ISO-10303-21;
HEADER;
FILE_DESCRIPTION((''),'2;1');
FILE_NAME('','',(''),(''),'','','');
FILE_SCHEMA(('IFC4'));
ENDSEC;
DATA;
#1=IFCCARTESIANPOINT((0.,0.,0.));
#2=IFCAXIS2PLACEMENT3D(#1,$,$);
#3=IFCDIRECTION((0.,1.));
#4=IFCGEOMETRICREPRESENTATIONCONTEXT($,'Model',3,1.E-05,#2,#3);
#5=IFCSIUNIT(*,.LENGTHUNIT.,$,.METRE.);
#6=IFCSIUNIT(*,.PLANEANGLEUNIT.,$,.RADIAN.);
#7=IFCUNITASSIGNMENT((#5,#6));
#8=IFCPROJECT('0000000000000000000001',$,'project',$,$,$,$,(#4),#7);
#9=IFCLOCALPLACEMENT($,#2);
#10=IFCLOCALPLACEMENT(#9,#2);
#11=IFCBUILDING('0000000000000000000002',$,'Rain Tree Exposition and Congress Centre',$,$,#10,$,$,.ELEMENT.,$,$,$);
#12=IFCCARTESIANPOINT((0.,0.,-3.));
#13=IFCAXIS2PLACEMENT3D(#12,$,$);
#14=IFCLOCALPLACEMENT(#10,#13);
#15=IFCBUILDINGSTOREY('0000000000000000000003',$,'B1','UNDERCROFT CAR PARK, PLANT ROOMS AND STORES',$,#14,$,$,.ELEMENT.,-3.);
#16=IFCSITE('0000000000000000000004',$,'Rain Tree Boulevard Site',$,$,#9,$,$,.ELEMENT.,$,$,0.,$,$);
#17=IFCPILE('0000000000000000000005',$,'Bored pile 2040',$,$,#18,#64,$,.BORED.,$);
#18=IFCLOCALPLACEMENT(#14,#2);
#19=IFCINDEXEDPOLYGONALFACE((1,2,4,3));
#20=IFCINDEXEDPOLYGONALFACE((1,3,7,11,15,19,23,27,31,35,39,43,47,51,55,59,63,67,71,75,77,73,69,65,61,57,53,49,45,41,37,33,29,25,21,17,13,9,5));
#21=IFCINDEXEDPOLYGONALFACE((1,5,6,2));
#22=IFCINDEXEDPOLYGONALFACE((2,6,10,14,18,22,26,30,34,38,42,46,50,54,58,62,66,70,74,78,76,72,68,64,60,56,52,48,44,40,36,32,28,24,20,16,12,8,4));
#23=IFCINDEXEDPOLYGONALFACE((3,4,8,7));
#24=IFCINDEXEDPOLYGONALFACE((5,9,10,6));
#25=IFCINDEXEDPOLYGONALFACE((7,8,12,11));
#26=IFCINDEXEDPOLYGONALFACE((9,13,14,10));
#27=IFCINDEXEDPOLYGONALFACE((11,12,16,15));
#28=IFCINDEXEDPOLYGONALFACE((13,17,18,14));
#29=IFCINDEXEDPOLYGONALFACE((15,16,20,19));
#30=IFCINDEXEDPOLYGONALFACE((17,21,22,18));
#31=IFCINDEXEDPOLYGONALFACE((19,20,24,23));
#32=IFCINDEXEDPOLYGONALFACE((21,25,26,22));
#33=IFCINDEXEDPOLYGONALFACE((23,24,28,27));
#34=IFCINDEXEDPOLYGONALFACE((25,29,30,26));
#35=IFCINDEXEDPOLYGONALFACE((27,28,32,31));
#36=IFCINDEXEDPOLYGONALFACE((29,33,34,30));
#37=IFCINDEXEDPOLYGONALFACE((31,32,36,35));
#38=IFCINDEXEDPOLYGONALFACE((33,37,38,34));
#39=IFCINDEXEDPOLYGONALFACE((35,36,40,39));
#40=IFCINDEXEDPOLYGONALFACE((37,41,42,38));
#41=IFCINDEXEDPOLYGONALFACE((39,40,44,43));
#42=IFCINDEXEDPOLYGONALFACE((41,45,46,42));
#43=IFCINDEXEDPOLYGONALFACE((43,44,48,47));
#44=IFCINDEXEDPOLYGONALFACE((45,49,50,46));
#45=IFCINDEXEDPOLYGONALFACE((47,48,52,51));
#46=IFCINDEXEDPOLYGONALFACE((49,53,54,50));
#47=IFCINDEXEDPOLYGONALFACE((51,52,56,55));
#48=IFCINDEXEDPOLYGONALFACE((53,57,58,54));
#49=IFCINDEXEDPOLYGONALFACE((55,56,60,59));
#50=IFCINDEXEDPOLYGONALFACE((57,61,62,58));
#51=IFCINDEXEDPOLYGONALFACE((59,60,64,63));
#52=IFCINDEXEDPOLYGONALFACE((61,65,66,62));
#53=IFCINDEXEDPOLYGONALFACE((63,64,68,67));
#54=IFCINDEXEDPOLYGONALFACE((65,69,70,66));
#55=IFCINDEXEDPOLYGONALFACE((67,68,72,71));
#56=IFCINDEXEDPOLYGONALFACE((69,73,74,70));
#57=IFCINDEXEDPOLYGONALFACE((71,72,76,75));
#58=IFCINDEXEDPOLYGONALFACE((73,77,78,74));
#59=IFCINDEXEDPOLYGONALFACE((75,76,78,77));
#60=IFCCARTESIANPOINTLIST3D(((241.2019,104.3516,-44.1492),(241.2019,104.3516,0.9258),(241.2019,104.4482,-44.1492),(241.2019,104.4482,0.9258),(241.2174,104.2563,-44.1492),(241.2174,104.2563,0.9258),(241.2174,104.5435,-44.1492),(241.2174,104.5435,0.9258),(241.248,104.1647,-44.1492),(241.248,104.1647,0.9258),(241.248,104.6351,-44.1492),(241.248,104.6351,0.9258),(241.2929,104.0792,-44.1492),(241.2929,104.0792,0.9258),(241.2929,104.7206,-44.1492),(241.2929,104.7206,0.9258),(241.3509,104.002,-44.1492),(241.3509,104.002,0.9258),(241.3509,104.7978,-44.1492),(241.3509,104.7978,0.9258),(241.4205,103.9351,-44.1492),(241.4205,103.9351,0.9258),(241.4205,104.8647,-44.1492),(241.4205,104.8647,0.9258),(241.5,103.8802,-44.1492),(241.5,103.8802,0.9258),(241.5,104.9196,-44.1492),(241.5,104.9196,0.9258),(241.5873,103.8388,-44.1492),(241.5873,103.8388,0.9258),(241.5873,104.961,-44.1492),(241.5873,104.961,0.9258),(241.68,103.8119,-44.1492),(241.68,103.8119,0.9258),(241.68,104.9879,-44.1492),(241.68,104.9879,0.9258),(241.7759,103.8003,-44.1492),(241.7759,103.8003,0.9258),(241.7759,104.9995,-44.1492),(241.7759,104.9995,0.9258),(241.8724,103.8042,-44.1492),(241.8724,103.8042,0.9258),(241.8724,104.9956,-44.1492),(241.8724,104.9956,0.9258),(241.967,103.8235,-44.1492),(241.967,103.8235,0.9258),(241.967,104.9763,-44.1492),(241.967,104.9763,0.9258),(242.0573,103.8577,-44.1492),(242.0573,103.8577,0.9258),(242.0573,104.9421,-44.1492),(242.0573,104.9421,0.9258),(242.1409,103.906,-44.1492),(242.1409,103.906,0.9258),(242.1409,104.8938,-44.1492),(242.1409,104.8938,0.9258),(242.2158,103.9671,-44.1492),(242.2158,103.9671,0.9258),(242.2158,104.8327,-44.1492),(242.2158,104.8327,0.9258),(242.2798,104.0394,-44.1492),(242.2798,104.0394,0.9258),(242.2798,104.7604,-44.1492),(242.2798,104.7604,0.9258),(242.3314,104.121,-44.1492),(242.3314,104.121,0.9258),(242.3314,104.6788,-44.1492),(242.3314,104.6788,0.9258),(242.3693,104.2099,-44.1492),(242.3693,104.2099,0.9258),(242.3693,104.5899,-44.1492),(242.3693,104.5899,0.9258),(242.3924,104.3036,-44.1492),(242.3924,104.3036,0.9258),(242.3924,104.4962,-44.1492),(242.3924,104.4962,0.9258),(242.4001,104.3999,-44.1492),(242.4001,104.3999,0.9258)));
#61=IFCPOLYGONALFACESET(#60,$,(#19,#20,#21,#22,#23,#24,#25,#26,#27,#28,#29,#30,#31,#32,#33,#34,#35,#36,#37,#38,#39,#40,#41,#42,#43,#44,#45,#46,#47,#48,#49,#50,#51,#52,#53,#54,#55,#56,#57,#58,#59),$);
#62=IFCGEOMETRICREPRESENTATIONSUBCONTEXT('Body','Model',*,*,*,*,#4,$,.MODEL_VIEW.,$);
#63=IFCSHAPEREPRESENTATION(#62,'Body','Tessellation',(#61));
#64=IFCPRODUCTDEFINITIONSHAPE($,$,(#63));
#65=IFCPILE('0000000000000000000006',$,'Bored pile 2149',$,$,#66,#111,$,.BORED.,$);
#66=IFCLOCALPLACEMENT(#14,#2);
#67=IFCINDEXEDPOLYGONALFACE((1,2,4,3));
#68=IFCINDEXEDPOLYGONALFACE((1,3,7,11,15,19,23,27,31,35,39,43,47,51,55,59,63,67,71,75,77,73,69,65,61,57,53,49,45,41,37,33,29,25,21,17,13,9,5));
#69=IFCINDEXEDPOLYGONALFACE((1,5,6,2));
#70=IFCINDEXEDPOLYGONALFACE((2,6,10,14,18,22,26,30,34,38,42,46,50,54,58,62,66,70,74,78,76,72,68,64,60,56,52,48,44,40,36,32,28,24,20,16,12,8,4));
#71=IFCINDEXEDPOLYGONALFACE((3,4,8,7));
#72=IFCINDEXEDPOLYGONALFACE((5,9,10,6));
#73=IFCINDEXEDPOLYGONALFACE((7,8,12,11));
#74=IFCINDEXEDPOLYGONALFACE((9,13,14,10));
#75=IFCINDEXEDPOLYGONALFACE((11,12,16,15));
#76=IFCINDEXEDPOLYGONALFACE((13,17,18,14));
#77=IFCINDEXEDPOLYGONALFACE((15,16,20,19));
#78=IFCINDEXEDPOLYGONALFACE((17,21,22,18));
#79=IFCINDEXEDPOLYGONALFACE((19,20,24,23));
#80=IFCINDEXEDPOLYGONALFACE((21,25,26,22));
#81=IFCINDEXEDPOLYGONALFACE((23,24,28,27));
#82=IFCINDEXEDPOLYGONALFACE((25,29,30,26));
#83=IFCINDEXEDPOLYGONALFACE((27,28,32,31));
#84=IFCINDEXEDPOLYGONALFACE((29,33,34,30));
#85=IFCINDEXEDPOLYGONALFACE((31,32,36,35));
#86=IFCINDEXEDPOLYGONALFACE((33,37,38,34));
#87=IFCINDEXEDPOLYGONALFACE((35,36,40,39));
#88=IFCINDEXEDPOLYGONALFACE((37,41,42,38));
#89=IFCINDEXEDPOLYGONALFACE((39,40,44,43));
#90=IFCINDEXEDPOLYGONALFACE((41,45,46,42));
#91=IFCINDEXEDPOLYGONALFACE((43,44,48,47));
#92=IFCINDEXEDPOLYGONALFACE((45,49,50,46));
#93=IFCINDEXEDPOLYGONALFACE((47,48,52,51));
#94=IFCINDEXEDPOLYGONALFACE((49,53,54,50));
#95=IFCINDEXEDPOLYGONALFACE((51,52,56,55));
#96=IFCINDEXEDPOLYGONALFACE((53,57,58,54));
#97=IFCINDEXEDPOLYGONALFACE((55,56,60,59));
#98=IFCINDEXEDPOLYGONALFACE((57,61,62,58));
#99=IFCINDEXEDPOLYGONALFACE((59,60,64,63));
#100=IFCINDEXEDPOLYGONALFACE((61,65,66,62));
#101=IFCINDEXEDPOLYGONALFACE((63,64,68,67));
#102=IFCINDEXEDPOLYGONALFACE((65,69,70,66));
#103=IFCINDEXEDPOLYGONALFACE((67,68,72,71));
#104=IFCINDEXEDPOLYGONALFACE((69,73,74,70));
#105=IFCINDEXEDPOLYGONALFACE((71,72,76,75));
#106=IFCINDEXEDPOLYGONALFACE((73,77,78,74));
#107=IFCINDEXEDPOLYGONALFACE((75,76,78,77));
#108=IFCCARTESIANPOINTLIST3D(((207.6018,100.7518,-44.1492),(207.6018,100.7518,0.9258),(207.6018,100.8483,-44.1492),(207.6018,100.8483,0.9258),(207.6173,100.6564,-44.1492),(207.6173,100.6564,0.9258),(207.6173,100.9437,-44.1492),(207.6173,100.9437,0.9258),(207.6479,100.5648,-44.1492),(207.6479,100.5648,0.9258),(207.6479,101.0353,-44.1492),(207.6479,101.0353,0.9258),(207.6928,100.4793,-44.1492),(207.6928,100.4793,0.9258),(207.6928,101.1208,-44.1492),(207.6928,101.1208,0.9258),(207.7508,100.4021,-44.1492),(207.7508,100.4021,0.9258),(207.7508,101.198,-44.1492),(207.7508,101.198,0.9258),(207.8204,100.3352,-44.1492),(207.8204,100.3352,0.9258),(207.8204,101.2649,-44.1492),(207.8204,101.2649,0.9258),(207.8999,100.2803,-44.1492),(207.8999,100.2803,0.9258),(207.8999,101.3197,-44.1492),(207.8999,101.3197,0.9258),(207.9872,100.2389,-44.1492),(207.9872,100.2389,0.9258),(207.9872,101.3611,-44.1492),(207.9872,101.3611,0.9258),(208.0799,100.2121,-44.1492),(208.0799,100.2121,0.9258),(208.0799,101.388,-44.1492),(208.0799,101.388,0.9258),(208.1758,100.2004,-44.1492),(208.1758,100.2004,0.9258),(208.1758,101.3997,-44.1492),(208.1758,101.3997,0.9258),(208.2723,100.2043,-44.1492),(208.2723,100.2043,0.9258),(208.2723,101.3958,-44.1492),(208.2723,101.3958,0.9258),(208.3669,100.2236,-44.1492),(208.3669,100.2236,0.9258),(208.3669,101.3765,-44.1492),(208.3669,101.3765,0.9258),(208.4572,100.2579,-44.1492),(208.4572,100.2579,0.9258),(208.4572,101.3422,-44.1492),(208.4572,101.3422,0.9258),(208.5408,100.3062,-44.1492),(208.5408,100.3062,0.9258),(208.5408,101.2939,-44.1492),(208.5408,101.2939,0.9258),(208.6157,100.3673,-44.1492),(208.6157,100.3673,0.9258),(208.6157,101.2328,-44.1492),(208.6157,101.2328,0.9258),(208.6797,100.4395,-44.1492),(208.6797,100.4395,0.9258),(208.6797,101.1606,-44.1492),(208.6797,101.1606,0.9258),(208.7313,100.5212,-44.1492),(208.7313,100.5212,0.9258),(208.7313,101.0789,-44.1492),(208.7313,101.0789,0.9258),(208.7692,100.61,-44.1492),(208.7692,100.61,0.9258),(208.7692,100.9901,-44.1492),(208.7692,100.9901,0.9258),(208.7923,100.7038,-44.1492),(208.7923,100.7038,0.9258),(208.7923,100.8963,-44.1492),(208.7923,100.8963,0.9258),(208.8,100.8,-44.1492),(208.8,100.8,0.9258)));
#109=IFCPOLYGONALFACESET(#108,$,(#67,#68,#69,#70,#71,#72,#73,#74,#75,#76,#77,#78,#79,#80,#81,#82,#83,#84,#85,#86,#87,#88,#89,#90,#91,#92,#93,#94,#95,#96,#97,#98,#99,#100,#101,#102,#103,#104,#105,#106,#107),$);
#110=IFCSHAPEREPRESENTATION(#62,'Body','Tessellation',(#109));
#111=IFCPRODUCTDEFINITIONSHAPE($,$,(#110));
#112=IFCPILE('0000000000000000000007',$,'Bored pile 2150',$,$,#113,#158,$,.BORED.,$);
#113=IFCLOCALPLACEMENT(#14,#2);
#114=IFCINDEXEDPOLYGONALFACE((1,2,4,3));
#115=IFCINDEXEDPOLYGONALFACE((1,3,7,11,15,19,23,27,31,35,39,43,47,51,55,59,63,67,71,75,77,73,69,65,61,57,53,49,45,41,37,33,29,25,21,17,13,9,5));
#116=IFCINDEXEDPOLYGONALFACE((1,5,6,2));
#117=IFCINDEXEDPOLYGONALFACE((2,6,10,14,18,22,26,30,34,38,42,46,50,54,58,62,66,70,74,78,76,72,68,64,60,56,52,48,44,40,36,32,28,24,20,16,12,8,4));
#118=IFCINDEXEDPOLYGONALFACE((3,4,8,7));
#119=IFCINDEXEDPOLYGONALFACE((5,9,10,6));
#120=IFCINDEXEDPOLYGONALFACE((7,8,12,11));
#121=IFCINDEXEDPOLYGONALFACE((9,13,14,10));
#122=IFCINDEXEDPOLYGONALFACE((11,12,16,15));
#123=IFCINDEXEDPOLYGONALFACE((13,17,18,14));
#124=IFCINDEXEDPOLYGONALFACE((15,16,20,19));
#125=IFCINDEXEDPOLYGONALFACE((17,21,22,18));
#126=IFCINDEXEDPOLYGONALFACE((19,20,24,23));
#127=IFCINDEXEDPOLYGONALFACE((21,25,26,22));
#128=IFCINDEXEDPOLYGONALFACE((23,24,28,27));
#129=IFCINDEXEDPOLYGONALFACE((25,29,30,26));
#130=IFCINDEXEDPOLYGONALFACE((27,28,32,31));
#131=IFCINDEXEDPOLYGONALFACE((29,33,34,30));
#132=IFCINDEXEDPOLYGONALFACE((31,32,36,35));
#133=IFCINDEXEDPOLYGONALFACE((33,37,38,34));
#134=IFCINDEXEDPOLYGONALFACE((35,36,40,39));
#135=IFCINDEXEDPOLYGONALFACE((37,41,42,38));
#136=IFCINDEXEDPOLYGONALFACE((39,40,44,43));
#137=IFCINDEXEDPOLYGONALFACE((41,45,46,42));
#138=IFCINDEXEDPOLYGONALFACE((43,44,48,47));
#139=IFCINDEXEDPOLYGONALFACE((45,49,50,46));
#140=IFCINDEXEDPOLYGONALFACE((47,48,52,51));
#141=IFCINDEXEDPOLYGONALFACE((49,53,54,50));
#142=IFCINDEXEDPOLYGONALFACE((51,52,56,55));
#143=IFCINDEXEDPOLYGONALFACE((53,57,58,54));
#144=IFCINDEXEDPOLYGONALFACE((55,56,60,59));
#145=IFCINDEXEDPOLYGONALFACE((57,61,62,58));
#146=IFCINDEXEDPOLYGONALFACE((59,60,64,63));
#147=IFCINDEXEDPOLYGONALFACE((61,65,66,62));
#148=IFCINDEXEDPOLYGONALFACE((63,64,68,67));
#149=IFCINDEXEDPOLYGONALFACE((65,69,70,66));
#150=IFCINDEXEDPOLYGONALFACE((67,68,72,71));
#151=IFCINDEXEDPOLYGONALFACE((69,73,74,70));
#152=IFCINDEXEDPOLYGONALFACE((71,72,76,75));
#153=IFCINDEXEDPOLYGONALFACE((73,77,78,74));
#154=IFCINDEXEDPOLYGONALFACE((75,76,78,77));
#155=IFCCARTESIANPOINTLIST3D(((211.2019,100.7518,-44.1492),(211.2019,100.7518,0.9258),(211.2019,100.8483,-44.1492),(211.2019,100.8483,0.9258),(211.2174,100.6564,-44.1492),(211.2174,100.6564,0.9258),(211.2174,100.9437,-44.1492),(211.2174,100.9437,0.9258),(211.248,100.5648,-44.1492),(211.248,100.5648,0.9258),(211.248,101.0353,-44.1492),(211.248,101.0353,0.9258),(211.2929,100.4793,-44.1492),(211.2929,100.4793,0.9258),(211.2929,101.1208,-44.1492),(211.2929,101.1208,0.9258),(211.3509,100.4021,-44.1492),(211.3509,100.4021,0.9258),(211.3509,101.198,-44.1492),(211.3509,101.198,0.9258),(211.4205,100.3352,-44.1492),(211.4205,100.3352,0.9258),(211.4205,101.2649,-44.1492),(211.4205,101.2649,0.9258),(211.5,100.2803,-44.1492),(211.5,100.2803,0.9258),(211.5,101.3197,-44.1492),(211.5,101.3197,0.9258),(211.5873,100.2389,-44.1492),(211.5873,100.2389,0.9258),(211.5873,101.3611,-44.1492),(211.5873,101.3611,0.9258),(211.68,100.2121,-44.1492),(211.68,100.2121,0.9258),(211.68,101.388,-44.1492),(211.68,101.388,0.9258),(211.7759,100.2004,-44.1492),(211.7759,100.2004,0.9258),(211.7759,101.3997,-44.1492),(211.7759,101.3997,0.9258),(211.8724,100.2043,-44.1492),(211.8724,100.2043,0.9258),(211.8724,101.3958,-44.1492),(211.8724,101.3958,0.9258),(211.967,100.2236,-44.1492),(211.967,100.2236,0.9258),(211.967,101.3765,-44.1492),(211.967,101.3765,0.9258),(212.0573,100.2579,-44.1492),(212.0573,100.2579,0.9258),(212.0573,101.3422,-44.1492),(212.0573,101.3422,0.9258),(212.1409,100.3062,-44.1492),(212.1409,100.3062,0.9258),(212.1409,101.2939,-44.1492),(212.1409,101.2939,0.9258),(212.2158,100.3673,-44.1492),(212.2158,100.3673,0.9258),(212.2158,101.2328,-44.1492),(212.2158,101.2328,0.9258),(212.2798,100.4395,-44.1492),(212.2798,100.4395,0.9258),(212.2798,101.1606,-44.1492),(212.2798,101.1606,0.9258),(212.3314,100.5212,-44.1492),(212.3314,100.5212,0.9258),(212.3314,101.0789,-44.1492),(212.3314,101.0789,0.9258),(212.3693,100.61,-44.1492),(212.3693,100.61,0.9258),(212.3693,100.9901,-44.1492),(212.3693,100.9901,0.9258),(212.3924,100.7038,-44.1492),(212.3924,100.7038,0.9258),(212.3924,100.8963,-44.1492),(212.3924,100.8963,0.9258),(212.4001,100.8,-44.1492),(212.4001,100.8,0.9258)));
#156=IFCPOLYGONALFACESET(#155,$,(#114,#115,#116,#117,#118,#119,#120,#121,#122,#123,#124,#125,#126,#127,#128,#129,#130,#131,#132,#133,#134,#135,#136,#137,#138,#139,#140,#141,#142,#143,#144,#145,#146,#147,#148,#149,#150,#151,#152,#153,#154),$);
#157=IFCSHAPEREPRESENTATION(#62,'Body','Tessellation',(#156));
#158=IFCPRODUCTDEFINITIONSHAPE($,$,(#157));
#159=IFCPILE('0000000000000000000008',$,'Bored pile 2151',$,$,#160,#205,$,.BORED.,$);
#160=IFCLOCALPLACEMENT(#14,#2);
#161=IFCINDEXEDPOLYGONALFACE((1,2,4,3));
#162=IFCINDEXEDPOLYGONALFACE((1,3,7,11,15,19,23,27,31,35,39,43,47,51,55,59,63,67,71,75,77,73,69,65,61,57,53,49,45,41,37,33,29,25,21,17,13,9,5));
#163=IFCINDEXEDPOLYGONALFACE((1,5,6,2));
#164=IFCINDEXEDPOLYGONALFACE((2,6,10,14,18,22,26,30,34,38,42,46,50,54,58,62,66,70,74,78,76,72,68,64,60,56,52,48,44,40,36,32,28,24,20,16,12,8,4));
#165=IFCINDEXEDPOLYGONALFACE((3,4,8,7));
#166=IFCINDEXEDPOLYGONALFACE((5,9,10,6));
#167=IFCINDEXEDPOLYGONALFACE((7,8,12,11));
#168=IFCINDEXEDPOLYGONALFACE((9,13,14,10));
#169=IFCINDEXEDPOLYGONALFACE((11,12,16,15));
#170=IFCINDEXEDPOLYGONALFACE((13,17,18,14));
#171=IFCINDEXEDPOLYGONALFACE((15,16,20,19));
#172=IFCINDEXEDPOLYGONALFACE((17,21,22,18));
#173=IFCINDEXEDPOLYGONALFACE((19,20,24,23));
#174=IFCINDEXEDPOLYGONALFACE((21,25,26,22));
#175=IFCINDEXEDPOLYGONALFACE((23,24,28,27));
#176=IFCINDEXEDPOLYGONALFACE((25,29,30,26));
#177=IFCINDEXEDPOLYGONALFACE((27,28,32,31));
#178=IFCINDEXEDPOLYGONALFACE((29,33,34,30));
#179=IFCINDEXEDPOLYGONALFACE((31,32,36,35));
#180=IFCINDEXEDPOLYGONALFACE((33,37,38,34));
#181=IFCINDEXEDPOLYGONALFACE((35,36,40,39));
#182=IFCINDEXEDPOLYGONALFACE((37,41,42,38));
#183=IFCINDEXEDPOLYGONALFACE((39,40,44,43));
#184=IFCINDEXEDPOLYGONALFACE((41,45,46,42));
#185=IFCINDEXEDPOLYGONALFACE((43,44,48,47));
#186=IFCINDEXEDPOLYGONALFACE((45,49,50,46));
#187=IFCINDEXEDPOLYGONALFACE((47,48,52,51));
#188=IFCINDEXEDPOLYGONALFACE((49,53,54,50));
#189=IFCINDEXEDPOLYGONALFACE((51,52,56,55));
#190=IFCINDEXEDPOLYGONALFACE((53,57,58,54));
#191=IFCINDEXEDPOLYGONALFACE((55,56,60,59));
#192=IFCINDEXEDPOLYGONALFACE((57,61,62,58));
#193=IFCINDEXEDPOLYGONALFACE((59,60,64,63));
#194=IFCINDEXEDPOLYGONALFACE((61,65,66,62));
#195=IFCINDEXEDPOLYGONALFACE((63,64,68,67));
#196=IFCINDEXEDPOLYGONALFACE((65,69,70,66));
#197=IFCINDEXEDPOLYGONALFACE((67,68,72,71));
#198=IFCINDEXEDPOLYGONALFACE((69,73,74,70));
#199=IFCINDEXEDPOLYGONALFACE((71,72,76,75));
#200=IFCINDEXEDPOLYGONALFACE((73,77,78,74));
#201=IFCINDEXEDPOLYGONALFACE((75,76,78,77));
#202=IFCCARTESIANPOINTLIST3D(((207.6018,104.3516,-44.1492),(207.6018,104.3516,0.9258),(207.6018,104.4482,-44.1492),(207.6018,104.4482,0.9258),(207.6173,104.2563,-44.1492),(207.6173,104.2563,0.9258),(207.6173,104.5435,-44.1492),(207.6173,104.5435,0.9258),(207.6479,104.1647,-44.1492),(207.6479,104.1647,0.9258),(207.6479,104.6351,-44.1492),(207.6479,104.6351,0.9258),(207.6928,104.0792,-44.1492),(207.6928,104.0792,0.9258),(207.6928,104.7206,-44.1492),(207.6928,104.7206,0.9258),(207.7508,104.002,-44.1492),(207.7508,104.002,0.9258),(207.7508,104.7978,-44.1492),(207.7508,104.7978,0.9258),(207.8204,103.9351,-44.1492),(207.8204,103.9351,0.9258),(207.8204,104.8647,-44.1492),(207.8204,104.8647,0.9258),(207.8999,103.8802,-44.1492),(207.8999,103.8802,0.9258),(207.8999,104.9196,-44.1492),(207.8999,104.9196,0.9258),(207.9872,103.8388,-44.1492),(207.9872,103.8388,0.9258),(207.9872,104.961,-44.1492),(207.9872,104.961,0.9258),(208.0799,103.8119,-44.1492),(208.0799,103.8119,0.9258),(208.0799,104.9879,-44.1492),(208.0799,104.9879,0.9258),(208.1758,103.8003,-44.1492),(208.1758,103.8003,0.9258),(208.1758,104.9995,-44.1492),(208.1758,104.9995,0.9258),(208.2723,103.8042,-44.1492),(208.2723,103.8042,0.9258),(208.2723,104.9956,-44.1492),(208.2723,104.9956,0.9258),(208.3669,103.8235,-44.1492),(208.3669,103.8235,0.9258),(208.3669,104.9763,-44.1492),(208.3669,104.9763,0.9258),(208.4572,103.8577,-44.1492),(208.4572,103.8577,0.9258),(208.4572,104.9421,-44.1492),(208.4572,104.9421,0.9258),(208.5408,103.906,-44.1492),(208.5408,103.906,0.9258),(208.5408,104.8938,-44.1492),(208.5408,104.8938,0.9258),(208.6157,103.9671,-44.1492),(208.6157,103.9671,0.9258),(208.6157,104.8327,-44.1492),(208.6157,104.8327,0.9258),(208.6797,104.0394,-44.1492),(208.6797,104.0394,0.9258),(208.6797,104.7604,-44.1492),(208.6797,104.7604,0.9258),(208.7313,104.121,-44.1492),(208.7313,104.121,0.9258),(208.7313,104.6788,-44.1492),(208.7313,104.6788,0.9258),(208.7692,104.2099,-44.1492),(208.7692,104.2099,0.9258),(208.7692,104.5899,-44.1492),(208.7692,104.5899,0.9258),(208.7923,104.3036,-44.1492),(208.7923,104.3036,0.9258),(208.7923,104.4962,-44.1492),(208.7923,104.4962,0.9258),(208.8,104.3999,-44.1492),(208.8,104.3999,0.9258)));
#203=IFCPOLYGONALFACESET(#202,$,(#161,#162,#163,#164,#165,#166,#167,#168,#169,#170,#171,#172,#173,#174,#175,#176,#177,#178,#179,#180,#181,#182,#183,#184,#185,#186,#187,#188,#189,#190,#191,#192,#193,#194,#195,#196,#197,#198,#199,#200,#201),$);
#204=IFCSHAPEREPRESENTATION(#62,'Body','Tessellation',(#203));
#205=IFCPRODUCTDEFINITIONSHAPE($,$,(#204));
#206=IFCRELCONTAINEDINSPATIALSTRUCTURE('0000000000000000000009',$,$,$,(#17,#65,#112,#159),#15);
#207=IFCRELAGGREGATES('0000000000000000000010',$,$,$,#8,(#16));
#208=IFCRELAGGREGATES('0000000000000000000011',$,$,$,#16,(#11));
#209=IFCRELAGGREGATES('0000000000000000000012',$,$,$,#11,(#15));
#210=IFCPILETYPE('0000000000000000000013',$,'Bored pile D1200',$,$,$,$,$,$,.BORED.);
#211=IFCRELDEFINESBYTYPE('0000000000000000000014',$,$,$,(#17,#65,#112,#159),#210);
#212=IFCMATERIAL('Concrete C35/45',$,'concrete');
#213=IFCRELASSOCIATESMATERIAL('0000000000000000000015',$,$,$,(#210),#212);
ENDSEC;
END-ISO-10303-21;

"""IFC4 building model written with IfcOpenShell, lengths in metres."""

from ifc_helpers import new_model, si_unit, direction, frame, origin, origin_2d, place, context, subcontext, project, spatial, circle, extrude, material, material_profile, profile_set, type_object, element, save


model = new_model("IFC4")

# Units and contexts
model_context = context("Model", 3, precision=1e-05, world=origin(), true_north=direction((0.0, 1.0)))
body_context = subcontext(model_context, "Body", "Model", "MODEL_VIEW")
ifc_project = project(units=[si_unit("LENGTHUNIT", "METRE"), si_unit("PLANEANGLEUNIT", "RADIAN")], contexts=[model_context])

# Site, building, storey
site_placement = place(None, origin())
site = spatial("IfcSite", under=ifc_project, at=site_placement, Name="Rain Tree Boulevard Site", CompositionType="ELEMENT", RefElevation=0.0)
building_placement = place(site_placement, origin())
building = spatial("IfcBuilding", under=site, at=building_placement, Name="Rain Tree Exposition and Congress Centre", CompositionType="ELEMENT")
storey_placement = place(building_placement, frame((0.0, 0.0, -3.0)))
storey = spatial("IfcBuildingStorey", under=building, at=storey_placement, Name="B1", Description="UNDERCROFT CAR PARK, PLANT ROOMS AND STORES", CompositionType="ELEMENT", Elevation=-3.0)

# Piles
ifc_material_1 = material(Name="Concrete C35/45", Category="concrete")
ifc_material_profile_1 = material_profile(ifc_material_1, circle(Radius=0.6001, at=origin_2d()), Name="D1200")
ifc_profile_set_1 = profile_set([ifc_material_profile_1], Name="Concrete C35/45")
pile_type_1 = type_object("IfcPileType", Name="Bored pile D1200", PredefinedType="BORED", material=ifc_profile_set_1)
for number, where, z_axis, x_axis, name in (
    (1, (241.8, 104.3999, 0.9258), (0.0, 0.0, -1.0), (1.0, 0.0, 0.0), "Bored pile 2040"),
    (2, (208.2, 100.8, 0.9258), (0.0, 0.0, -1.0), (1.0, 0.0, 0.0), "Bored pile 2149"),
    (3, (211.8, 100.8, 0.9258), (0.0, 0.0, -1.0), (1.0, 0.0, 0.0), "Bored pile 2150"),
    (4, (208.2, 104.3999, 0.9258), (0.0, 0.0, -1.0), (1.0, 0.0, 0.0), "Bored pile 2151"),
):
    element("IfcPile", number, at=place(storey_placement, frame(where, z_axis=z_axis, x_axis=x_axis)), inside=storey, type_object=pile_type_1, Name=name, PredefinedType="BORED", context=body_context, shape_type="SweptSolid", body=[
        extrude(circle(Radius=0.6001, at=origin_2d()), origin(), (0.0, 0.0, 1.0), 45.075),
    ])

save(model, "model.ifc")
